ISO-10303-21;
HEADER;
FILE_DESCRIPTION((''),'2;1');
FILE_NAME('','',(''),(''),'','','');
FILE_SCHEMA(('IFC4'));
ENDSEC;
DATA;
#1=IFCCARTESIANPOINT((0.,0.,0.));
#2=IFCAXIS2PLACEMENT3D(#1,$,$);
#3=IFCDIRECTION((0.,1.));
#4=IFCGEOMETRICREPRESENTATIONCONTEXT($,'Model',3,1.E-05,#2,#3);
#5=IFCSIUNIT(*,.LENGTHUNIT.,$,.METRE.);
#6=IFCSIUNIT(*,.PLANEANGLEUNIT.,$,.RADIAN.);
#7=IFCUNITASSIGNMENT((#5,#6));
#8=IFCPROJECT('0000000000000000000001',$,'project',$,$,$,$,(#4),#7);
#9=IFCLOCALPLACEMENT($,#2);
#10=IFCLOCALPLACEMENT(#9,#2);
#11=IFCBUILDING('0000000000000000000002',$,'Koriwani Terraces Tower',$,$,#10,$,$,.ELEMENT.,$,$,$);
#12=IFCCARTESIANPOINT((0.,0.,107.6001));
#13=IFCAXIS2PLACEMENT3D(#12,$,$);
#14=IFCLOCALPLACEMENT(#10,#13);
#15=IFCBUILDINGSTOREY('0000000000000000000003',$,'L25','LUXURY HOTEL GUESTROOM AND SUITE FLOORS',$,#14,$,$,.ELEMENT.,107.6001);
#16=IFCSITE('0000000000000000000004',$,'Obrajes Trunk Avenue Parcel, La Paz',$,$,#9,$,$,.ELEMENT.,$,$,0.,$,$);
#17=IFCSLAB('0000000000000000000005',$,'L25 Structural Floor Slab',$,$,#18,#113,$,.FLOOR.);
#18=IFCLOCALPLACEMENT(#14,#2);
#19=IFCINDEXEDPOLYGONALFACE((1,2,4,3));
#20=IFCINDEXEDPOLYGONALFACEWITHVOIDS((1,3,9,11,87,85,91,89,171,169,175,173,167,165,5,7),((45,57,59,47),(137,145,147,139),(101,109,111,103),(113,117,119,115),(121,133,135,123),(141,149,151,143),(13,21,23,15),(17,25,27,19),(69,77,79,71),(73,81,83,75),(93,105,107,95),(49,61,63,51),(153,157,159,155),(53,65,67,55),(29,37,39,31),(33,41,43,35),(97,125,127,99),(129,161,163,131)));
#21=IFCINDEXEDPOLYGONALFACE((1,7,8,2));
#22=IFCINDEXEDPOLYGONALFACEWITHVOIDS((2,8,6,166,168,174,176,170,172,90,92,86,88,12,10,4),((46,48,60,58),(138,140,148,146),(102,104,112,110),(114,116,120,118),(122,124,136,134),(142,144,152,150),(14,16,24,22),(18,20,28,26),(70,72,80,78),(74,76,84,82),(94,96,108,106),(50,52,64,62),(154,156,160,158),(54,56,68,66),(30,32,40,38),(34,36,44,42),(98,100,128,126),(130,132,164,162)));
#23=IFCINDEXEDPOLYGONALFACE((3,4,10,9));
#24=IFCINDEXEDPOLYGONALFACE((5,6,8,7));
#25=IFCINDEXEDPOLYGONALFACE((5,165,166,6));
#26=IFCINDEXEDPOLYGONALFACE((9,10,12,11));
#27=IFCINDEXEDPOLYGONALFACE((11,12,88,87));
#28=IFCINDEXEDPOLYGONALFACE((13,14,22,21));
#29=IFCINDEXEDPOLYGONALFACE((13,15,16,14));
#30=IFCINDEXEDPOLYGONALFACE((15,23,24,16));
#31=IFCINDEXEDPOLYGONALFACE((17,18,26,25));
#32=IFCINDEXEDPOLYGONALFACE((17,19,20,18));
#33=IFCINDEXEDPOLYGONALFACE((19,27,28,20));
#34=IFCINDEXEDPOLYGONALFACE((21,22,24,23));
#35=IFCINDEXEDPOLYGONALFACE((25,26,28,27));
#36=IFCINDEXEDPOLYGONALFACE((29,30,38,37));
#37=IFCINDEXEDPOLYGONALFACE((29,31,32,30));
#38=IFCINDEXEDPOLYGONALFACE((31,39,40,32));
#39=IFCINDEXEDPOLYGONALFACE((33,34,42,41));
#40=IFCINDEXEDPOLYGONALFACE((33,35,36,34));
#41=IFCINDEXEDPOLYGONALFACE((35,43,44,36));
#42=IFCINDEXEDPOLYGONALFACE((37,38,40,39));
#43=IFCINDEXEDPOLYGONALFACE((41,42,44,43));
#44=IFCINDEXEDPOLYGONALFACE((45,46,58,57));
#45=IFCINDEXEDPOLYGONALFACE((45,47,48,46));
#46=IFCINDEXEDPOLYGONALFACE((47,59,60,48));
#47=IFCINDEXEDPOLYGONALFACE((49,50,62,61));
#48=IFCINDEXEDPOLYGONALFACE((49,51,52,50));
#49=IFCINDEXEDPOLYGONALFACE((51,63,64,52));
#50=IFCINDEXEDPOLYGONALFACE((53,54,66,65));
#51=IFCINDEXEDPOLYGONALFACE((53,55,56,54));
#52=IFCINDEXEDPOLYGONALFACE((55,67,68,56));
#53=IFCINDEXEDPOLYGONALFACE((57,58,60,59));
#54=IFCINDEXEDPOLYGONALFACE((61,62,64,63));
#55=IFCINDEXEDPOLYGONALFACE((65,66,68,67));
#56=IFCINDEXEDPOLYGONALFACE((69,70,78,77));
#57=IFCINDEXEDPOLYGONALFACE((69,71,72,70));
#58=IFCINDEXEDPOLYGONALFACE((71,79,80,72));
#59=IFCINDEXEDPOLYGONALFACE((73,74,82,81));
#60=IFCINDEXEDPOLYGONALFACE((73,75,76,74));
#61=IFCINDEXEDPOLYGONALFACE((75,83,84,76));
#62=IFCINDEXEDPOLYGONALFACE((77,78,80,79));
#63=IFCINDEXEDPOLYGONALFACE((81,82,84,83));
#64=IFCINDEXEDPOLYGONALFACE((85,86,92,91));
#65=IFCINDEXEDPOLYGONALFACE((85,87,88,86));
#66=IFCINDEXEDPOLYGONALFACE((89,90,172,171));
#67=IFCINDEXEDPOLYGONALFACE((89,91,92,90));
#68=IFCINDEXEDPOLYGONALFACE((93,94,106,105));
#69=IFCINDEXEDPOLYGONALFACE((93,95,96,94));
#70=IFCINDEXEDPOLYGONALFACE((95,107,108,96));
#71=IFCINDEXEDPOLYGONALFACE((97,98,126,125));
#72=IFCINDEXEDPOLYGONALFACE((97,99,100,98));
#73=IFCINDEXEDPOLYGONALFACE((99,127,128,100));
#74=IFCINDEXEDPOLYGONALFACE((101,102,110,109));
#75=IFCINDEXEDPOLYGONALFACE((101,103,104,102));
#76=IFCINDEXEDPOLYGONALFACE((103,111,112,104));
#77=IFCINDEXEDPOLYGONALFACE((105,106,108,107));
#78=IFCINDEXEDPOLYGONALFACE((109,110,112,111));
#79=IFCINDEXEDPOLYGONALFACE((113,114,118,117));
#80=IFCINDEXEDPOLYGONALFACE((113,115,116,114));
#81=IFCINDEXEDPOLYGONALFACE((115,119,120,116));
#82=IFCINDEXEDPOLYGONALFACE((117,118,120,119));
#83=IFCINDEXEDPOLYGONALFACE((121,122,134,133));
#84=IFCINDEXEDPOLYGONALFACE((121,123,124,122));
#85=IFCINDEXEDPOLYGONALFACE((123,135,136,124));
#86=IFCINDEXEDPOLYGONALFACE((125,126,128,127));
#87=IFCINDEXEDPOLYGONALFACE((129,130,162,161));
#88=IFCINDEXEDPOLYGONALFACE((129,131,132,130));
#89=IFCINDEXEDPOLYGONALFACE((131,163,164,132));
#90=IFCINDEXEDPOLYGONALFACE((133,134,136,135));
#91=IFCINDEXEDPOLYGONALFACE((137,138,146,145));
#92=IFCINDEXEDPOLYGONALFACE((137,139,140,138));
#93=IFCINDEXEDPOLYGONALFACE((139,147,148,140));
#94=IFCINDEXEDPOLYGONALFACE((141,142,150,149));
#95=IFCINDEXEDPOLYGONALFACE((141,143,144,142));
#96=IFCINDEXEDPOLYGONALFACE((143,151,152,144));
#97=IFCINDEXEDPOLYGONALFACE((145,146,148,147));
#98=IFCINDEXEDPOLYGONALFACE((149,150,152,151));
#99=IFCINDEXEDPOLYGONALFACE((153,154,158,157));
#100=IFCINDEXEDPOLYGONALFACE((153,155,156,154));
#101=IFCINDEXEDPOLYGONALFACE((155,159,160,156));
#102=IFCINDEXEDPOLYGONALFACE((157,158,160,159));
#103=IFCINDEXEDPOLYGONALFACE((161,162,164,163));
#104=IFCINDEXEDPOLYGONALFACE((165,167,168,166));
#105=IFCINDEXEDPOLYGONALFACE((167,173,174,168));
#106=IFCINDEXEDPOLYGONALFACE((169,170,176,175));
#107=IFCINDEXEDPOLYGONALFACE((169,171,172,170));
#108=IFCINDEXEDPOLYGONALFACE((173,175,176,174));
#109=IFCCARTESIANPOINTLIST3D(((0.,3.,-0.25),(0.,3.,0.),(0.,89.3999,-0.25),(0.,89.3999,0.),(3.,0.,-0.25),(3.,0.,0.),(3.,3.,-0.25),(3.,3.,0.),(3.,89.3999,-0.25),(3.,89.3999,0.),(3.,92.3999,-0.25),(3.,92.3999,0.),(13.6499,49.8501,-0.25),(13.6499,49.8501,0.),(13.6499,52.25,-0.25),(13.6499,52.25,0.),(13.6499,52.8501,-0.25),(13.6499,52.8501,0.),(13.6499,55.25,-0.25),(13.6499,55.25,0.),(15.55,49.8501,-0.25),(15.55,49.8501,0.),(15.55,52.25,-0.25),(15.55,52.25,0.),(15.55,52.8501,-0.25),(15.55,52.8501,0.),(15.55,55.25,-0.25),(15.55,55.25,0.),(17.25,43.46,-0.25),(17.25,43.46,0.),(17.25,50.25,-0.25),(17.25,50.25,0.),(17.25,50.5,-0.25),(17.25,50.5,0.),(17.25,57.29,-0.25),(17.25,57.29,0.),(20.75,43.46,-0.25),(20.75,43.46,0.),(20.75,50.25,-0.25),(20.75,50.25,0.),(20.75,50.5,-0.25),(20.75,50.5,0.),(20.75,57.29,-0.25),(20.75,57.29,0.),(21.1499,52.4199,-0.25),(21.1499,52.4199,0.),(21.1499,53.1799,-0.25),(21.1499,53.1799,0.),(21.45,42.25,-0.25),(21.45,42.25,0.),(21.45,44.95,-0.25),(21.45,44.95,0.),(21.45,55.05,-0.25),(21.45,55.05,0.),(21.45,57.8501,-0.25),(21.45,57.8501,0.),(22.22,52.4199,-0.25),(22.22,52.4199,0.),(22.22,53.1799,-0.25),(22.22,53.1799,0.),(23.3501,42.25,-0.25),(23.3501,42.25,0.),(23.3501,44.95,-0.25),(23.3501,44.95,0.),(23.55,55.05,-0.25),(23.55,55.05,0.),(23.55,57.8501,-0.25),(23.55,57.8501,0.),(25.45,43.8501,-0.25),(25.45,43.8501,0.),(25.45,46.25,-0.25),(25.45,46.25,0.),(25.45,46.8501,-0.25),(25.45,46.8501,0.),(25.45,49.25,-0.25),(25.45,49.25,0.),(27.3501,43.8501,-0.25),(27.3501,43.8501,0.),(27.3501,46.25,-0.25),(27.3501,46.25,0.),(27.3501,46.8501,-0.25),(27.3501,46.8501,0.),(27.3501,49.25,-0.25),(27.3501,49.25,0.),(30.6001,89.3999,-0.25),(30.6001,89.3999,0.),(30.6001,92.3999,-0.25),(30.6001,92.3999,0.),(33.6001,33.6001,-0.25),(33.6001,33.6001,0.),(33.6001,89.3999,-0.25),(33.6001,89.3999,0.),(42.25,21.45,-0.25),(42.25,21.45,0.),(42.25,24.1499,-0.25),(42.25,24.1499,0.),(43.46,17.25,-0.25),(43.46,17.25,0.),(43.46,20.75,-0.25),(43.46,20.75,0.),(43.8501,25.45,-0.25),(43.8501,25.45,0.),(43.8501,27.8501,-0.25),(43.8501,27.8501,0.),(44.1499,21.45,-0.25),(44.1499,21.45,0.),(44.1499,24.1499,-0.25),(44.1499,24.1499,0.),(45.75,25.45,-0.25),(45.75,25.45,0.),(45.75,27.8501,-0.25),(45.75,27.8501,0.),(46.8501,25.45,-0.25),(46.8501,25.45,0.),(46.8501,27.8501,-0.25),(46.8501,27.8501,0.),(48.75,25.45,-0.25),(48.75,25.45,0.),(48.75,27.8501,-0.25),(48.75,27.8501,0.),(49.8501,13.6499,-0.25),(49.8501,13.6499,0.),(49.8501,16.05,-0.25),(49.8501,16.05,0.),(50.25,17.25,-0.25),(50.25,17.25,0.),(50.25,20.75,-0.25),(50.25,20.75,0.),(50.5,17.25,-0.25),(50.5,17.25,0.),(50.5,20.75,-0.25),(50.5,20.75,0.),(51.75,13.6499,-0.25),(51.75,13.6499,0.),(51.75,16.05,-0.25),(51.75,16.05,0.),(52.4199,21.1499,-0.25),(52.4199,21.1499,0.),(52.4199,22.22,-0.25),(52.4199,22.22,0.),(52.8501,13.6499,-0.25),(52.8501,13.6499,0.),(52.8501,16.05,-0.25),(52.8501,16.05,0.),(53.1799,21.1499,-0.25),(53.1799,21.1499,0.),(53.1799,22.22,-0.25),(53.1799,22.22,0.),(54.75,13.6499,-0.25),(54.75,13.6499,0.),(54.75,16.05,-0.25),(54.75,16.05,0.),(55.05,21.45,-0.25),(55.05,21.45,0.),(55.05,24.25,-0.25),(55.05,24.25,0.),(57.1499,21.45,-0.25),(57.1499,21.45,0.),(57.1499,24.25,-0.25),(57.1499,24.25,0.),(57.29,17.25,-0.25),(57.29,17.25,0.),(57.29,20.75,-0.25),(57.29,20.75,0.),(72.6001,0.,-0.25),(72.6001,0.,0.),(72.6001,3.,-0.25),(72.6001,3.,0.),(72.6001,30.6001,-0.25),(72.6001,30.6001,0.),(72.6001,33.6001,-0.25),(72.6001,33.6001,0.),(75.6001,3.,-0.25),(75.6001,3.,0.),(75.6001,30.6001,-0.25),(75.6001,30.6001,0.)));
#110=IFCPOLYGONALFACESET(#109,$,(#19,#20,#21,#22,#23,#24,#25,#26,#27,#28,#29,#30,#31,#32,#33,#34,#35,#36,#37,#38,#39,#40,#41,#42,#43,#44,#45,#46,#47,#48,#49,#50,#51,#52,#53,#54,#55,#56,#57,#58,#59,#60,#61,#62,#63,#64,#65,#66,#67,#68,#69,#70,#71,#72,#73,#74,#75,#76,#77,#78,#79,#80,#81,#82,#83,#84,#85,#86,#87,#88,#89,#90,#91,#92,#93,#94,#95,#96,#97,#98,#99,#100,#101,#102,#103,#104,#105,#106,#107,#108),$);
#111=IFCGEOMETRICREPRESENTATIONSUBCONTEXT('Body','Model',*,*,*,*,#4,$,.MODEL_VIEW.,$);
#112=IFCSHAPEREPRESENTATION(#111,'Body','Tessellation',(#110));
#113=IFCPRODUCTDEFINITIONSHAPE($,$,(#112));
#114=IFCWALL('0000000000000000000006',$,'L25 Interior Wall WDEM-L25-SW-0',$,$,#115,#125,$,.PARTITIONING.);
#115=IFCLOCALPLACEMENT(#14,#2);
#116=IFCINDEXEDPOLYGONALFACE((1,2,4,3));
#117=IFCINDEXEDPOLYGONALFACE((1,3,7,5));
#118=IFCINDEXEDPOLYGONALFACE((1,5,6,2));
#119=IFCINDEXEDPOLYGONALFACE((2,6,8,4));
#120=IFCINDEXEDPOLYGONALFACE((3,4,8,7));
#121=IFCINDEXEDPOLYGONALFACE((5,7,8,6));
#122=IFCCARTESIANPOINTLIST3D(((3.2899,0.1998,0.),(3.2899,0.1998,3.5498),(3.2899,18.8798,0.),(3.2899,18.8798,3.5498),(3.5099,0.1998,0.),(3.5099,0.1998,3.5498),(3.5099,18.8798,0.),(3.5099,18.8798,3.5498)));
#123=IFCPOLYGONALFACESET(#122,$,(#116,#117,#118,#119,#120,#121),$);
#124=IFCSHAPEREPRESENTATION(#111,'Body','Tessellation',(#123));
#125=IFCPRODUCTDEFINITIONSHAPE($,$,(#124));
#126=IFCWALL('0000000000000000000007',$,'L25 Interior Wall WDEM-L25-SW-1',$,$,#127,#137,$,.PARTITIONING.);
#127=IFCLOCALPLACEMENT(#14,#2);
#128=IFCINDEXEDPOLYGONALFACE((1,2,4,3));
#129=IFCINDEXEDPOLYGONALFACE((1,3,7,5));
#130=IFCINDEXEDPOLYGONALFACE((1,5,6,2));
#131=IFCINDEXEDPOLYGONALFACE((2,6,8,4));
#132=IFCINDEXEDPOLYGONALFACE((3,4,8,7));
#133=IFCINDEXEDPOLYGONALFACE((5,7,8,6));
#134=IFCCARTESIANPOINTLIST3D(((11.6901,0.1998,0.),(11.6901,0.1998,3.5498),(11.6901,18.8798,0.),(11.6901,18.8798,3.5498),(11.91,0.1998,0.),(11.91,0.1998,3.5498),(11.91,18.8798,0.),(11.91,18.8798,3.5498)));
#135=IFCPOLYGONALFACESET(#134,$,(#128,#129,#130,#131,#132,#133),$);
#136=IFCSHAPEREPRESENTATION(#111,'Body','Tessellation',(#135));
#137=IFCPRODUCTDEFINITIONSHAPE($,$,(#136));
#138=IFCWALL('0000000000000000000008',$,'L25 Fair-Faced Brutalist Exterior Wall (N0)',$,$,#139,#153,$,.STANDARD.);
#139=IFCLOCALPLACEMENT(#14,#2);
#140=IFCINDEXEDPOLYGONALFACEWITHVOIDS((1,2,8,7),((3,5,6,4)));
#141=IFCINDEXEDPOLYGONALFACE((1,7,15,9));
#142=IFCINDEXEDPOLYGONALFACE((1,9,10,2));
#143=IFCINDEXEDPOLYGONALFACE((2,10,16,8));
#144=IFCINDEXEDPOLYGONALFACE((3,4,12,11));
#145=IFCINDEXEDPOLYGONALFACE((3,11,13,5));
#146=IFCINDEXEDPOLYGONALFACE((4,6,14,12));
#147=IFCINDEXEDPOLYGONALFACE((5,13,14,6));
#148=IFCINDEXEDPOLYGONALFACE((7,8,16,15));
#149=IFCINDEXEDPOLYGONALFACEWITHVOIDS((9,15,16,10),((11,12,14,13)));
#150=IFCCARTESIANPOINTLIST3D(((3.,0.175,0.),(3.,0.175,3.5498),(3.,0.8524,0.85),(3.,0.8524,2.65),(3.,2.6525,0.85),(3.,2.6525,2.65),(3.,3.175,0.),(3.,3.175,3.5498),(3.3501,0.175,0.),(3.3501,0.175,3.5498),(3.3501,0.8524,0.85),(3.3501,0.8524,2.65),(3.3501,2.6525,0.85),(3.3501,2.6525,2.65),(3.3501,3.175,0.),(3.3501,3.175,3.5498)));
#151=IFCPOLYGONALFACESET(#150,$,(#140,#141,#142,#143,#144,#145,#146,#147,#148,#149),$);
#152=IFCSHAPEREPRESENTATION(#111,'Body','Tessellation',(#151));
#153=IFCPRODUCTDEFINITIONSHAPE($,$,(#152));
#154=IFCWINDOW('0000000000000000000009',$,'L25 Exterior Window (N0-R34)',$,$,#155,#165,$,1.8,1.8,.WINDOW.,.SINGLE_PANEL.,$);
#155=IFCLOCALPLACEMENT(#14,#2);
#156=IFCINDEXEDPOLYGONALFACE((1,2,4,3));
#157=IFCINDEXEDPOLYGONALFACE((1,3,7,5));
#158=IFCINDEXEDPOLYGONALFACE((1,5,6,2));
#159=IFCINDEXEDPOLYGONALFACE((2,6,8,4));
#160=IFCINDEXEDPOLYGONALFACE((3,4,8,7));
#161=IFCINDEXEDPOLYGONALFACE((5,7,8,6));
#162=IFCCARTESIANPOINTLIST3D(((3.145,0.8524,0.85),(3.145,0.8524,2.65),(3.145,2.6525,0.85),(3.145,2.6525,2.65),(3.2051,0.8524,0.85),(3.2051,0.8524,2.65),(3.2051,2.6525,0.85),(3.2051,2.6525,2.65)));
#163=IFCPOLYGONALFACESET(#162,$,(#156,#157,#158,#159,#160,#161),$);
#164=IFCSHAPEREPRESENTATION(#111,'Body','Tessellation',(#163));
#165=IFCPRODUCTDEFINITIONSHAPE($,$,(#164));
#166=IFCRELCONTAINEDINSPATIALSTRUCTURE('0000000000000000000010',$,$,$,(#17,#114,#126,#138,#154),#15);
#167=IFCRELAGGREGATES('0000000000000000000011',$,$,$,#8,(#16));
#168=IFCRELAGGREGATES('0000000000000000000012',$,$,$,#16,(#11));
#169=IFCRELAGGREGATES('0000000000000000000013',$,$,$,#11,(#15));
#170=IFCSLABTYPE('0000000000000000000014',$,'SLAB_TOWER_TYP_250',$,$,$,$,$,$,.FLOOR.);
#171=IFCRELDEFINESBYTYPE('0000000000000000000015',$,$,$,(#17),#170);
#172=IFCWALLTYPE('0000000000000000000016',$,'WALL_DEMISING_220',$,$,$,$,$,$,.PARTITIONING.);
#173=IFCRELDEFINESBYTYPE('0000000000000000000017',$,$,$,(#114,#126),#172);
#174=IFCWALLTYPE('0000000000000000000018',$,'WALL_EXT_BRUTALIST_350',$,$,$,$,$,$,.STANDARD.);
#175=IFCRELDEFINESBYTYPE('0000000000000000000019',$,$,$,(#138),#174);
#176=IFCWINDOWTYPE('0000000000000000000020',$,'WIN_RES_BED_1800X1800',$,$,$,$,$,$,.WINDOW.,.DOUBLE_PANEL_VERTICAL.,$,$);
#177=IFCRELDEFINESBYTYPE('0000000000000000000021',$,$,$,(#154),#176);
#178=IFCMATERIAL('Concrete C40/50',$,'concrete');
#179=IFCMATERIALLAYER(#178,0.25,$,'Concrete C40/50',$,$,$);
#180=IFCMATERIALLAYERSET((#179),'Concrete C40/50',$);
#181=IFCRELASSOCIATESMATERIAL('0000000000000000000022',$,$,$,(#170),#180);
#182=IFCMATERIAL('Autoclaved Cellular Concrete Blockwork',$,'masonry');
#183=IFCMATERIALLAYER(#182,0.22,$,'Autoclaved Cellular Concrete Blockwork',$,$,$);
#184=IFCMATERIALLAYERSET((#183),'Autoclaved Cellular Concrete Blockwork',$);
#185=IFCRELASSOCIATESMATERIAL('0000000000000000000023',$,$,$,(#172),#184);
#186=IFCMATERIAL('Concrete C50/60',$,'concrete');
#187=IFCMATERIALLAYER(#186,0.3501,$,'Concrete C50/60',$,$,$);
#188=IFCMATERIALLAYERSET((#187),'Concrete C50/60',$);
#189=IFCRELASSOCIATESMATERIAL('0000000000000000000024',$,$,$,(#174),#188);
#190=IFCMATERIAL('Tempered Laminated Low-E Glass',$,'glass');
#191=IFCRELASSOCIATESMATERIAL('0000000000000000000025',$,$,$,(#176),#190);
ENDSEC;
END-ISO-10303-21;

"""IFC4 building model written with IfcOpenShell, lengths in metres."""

from ifc_helpers import new_model, si_unit, direction, frame, frame_2d, origin, place, context, subcontext, project, spatial, polyline, rectangle, outline, extrude, material, layer, layer_set, type_object, element, fill, save


model = new_model("IFC4")

# Units and contexts
model_context = context("Model", 3, precision=1e-05, world=origin(), true_north=direction((0.0, 1.0)))
body_context = subcontext(model_context, "Body", "Model", "MODEL_VIEW")
ifc_project = project(units=[si_unit("LENGTHUNIT", "METRE"), si_unit("PLANEANGLEUNIT", "RADIAN")], contexts=[model_context])

# Site, building, storey
site_placement = place(None, origin())
site = spatial("IfcSite", under=ifc_project, at=site_placement, Name="Obrajes Trunk Avenue Parcel, La Paz", CompositionType="ELEMENT", RefElevation=0.0)
building_placement = place(site_placement, origin())
building = spatial("IfcBuilding", under=site, at=building_placement, Name="Koriwani Terraces Tower", CompositionType="ELEMENT")
storey_placement = place(building_placement, frame((0.0, 0.0, 107.6001)))
storey = spatial("IfcBuildingStorey", under=building, at=storey_placement, Name="L25", Description="LUXURY HOTEL GUESTROOM AND SUITE FLOORS", CompositionType="ELEMENT", Elevation=107.6001)

# Shared definitions
ifc_material_1 = material(Name="Concrete C40/50", Category="concrete")
ifc_material_2 = material(Name="Concrete C50/60", Category="concrete")

# Slab
ifc_layer_1 = layer(ifc_material_1, 0.25, Name="Concrete C40/50")
ifc_layer_set_1 = layer_set([ifc_layer_1], Name="Concrete C40/50")
slab_type_1 = type_object("IfcSlabType", Name="SLAB_TOWER_TYP_250", PredefinedType="FLOOR", material=ifc_layer_set_1)
slab_1_placement = place(storey_placement, frame((0.0, 0.0, -0.25)))
element("IfcSlab", 1, at=slab_1_placement, inside=storey, type_object=slab_type_1, Name="L25 Structural Floor Slab", PredefinedType="FLOOR", context=body_context, shape_type="SweptSolid", body=[
    extrude(outline(polyline([(3.0, 0.0), (72.6001, 0.0), (72.6001, 3.0), (75.6001, 3.0), (75.6001, 30.6001), (72.6001, 30.6001), (72.6001, 33.6001), (33.6001, 33.6001), (33.6001, 89.3999), (30.6001, 89.3999), (30.6001, 92.3999), (3.0, 92.3999), (3.0, 89.3999), (0.0, 89.3999), (0.0, 3.0), (3.0, 3.0), (3.0, 0.0)]), holes=[polyline([(17.25, 43.46), (20.75, 43.46), (20.75, 50.25), (17.25, 50.25), (17.25, 43.46)]), polyline([(17.25, 50.5), (20.75, 50.5), (20.75, 57.29), (17.25, 57.29), (17.25, 50.5)]), polyline([(43.46, 17.25), (50.25, 17.25), (50.25, 20.75), (43.46, 20.75), (43.46, 17.25)]), polyline([(50.5, 17.25), (57.29, 17.25), (57.29, 20.75), (50.5, 20.75), (50.5, 17.25)]), polyline([(13.6499, 49.8501), (15.55, 49.8501), (15.55, 52.25), (13.6499, 52.25), (13.6499, 49.8501)]), polyline([(13.6499, 52.8501), (15.55, 52.8501), (15.55, 55.25), (13.6499, 55.25), (13.6499, 52.8501)]), polyline([(49.8501, 13.6499), (51.75, 13.6499), (51.75, 16.05), (49.8501, 16.05), (49.8501, 13.6499)]), polyline([(52.8501, 13.6499), (54.75, 13.6499), (54.75, 16.05), (52.8501, 16.05), (52.8501, 13.6499)]), polyline([(25.45, 43.8501), (27.3501, 43.8501), (27.3501, 46.25), (25.45, 46.25), (25.45, 43.8501)]), polyline([(25.45, 46.8501), (27.3501, 46.8501), (27.3501, 49.25), (25.45, 49.25), (25.45, 46.8501)]), polyline([(43.8501, 25.45), (45.75, 25.45), (45.75, 27.8501), (43.8501, 27.8501), (43.8501, 25.45)]), polyline([(46.8501, 25.45), (48.75, 25.45), (48.75, 27.8501), (46.8501, 27.8501), (46.8501, 25.45)]), polyline([(21.45, 55.05), (23.55, 55.05), (23.55, 57.8501), (21.45, 57.8501), (21.45, 55.05)]), polyline([(55.05, 21.45), (57.1499, 21.45), (57.1499, 24.25), (55.05, 24.25), (55.05, 21.45)]), polyline([(21.45, 42.25), (23.3501, 42.25), (23.3501, 44.95), (21.45, 44.95), (21.45, 42.25)]), polyline([(42.25, 21.45), (44.1499, 21.45), (44.1499, 24.1499), (42.25, 24.1499), (42.25, 21.45)]), polyline([(21.1499, 52.4199), (22.22, 52.4199), (22.22, 53.1799), (21.1499, 53.1799), (21.1499, 52.4199)]), polyline([(52.4199, 21.1499), (53.1799, 21.1499), (53.1799, 22.22), (52.4199, 22.22), (52.4199, 21.1499)])]), origin(), (0.0, 0.0, 1.0), 0.25),
])

# Walls
ifc_material_3 = material(Name="Autoclaved Cellular Concrete Blockwork", Category="masonry")
ifc_layer_2 = layer(ifc_material_3, 0.22, Name="Autoclaved Cellular Concrete Blockwork")
ifc_layer_set_2 = layer_set([ifc_layer_2], Name="Autoclaved Cellular Concrete Blockwork")
wall_type_1 = type_object("IfcWallType", Name="WALL_DEMISING_220", PredefinedType="PARTITIONING", material=ifc_layer_set_2)
for number, where, z_axis, x_axis, name in (
    (2, (3.3999, 0.2, 0.0), (0.0, 0.0, 1.0), (0.0, 1.0, 0.0), "L25 Interior Wall WDEM-L25-SW-0"),
    (3, (11.8, 0.2, 0.0), (0.0, 0.0, 1.0), (0.0, 1.0, 0.0), "L25 Interior Wall WDEM-L25-SW-1"),
):
    element("IfcWall", number, at=place(storey_placement, frame(where, z_axis=z_axis, x_axis=x_axis)), inside=storey, type_object=wall_type_1, Name=name, PredefinedType="PARTITIONING", context=body_context, shape_type="SweptSolid", body=[
        extrude(rectangle(XDim=18.6799, YDim=0.22, at=frame_2d((9.3398, 0.0))), origin(), (0.0, 0.0, 1.0), 3.5498),
    ])

# Wall, opening, window
ifc_layer_3 = layer(ifc_material_2, 0.3501, Name="Concrete C50/60")
ifc_layer_set_3 = layer_set([ifc_layer_3], Name="Concrete C50/60")
wall_type_2 = type_object("IfcWallType", Name="WALL_EXT_BRUTALIST_350", PredefinedType="STANDARD", material=ifc_layer_set_3)
wall_1_placement = place(storey_placement, frame((3.175, 0.175, 0.0), z_axis=(0.0, 0.0, 1.0), x_axis=(0.0, 1.0, 0.0)))
wall_1 = element("IfcWall", 4, at=wall_1_placement, inside=storey, type_object=wall_type_2, Name="L25 Fair-Faced Brutalist Exterior Wall (N0)", PredefinedType="STANDARD", context=body_context, shape_type="SweptSolid", body=[
    extrude(rectangle(XDim=3.0, YDim=0.3501, at=frame_2d((1.5, 0.0))), origin(), (0.0, 0.0, 1.0), 3.5498),
])
opening_1_placement = place(wall_1_placement, frame((0.6775, 0.0, 0.8501)))
opening_1 = element("IfcOpeningElement", 5, at=opening_1_placement, cuts=wall_1, PredefinedType="OPENING", context=body_context, shape_type="SweptSolid", body=[
    extrude(rectangle(XDim=1.8, YDim=1.8, at=frame_2d((0.8999, 0.8999))), frame((0.0, 0.1851, 0.0), z_axis=(0.0, -1.0, 0.0), x_axis=(1.0, 0.0, 0.0)), (0.0, 0.0, 1.0), 0.3701),
])
ifc_material_4 = material(Name="Tempered Laminated Low-E Glass", Category="glass")
window_type_1 = type_object("IfcWindowType", Name="WIN_RES_BED_1800X1800", PartitioningType="DOUBLE_PANEL_VERTICAL", PredefinedType="WINDOW", material=ifc_material_4)
window_1_placement = place(opening_1_placement, origin())
window_1 = element("IfcWindow", 6, at=window_1_placement, inside=storey, type_object=window_type_1, Name="L25 Exterior Window (N0-R34)", OverallHeight=1.8, OverallWidth=1.8, PartitioningType="SINGLE_PANEL", PredefinedType="WINDOW", context=body_context, shape_type="SweptSolid", body=[
    extrude(rectangle(XDim=1.8, YDim=1.8, at=frame_2d((0.8999, 0.8999))), frame((0.0, 0.03, 0.0), z_axis=(0.0, -1.0, 0.0), x_axis=(1.0, 0.0, 0.0)), (0.0, 0.0, 1.0), 0.0601),
])
fill(opening_1, window_1)

save(model, "model.ifc")
